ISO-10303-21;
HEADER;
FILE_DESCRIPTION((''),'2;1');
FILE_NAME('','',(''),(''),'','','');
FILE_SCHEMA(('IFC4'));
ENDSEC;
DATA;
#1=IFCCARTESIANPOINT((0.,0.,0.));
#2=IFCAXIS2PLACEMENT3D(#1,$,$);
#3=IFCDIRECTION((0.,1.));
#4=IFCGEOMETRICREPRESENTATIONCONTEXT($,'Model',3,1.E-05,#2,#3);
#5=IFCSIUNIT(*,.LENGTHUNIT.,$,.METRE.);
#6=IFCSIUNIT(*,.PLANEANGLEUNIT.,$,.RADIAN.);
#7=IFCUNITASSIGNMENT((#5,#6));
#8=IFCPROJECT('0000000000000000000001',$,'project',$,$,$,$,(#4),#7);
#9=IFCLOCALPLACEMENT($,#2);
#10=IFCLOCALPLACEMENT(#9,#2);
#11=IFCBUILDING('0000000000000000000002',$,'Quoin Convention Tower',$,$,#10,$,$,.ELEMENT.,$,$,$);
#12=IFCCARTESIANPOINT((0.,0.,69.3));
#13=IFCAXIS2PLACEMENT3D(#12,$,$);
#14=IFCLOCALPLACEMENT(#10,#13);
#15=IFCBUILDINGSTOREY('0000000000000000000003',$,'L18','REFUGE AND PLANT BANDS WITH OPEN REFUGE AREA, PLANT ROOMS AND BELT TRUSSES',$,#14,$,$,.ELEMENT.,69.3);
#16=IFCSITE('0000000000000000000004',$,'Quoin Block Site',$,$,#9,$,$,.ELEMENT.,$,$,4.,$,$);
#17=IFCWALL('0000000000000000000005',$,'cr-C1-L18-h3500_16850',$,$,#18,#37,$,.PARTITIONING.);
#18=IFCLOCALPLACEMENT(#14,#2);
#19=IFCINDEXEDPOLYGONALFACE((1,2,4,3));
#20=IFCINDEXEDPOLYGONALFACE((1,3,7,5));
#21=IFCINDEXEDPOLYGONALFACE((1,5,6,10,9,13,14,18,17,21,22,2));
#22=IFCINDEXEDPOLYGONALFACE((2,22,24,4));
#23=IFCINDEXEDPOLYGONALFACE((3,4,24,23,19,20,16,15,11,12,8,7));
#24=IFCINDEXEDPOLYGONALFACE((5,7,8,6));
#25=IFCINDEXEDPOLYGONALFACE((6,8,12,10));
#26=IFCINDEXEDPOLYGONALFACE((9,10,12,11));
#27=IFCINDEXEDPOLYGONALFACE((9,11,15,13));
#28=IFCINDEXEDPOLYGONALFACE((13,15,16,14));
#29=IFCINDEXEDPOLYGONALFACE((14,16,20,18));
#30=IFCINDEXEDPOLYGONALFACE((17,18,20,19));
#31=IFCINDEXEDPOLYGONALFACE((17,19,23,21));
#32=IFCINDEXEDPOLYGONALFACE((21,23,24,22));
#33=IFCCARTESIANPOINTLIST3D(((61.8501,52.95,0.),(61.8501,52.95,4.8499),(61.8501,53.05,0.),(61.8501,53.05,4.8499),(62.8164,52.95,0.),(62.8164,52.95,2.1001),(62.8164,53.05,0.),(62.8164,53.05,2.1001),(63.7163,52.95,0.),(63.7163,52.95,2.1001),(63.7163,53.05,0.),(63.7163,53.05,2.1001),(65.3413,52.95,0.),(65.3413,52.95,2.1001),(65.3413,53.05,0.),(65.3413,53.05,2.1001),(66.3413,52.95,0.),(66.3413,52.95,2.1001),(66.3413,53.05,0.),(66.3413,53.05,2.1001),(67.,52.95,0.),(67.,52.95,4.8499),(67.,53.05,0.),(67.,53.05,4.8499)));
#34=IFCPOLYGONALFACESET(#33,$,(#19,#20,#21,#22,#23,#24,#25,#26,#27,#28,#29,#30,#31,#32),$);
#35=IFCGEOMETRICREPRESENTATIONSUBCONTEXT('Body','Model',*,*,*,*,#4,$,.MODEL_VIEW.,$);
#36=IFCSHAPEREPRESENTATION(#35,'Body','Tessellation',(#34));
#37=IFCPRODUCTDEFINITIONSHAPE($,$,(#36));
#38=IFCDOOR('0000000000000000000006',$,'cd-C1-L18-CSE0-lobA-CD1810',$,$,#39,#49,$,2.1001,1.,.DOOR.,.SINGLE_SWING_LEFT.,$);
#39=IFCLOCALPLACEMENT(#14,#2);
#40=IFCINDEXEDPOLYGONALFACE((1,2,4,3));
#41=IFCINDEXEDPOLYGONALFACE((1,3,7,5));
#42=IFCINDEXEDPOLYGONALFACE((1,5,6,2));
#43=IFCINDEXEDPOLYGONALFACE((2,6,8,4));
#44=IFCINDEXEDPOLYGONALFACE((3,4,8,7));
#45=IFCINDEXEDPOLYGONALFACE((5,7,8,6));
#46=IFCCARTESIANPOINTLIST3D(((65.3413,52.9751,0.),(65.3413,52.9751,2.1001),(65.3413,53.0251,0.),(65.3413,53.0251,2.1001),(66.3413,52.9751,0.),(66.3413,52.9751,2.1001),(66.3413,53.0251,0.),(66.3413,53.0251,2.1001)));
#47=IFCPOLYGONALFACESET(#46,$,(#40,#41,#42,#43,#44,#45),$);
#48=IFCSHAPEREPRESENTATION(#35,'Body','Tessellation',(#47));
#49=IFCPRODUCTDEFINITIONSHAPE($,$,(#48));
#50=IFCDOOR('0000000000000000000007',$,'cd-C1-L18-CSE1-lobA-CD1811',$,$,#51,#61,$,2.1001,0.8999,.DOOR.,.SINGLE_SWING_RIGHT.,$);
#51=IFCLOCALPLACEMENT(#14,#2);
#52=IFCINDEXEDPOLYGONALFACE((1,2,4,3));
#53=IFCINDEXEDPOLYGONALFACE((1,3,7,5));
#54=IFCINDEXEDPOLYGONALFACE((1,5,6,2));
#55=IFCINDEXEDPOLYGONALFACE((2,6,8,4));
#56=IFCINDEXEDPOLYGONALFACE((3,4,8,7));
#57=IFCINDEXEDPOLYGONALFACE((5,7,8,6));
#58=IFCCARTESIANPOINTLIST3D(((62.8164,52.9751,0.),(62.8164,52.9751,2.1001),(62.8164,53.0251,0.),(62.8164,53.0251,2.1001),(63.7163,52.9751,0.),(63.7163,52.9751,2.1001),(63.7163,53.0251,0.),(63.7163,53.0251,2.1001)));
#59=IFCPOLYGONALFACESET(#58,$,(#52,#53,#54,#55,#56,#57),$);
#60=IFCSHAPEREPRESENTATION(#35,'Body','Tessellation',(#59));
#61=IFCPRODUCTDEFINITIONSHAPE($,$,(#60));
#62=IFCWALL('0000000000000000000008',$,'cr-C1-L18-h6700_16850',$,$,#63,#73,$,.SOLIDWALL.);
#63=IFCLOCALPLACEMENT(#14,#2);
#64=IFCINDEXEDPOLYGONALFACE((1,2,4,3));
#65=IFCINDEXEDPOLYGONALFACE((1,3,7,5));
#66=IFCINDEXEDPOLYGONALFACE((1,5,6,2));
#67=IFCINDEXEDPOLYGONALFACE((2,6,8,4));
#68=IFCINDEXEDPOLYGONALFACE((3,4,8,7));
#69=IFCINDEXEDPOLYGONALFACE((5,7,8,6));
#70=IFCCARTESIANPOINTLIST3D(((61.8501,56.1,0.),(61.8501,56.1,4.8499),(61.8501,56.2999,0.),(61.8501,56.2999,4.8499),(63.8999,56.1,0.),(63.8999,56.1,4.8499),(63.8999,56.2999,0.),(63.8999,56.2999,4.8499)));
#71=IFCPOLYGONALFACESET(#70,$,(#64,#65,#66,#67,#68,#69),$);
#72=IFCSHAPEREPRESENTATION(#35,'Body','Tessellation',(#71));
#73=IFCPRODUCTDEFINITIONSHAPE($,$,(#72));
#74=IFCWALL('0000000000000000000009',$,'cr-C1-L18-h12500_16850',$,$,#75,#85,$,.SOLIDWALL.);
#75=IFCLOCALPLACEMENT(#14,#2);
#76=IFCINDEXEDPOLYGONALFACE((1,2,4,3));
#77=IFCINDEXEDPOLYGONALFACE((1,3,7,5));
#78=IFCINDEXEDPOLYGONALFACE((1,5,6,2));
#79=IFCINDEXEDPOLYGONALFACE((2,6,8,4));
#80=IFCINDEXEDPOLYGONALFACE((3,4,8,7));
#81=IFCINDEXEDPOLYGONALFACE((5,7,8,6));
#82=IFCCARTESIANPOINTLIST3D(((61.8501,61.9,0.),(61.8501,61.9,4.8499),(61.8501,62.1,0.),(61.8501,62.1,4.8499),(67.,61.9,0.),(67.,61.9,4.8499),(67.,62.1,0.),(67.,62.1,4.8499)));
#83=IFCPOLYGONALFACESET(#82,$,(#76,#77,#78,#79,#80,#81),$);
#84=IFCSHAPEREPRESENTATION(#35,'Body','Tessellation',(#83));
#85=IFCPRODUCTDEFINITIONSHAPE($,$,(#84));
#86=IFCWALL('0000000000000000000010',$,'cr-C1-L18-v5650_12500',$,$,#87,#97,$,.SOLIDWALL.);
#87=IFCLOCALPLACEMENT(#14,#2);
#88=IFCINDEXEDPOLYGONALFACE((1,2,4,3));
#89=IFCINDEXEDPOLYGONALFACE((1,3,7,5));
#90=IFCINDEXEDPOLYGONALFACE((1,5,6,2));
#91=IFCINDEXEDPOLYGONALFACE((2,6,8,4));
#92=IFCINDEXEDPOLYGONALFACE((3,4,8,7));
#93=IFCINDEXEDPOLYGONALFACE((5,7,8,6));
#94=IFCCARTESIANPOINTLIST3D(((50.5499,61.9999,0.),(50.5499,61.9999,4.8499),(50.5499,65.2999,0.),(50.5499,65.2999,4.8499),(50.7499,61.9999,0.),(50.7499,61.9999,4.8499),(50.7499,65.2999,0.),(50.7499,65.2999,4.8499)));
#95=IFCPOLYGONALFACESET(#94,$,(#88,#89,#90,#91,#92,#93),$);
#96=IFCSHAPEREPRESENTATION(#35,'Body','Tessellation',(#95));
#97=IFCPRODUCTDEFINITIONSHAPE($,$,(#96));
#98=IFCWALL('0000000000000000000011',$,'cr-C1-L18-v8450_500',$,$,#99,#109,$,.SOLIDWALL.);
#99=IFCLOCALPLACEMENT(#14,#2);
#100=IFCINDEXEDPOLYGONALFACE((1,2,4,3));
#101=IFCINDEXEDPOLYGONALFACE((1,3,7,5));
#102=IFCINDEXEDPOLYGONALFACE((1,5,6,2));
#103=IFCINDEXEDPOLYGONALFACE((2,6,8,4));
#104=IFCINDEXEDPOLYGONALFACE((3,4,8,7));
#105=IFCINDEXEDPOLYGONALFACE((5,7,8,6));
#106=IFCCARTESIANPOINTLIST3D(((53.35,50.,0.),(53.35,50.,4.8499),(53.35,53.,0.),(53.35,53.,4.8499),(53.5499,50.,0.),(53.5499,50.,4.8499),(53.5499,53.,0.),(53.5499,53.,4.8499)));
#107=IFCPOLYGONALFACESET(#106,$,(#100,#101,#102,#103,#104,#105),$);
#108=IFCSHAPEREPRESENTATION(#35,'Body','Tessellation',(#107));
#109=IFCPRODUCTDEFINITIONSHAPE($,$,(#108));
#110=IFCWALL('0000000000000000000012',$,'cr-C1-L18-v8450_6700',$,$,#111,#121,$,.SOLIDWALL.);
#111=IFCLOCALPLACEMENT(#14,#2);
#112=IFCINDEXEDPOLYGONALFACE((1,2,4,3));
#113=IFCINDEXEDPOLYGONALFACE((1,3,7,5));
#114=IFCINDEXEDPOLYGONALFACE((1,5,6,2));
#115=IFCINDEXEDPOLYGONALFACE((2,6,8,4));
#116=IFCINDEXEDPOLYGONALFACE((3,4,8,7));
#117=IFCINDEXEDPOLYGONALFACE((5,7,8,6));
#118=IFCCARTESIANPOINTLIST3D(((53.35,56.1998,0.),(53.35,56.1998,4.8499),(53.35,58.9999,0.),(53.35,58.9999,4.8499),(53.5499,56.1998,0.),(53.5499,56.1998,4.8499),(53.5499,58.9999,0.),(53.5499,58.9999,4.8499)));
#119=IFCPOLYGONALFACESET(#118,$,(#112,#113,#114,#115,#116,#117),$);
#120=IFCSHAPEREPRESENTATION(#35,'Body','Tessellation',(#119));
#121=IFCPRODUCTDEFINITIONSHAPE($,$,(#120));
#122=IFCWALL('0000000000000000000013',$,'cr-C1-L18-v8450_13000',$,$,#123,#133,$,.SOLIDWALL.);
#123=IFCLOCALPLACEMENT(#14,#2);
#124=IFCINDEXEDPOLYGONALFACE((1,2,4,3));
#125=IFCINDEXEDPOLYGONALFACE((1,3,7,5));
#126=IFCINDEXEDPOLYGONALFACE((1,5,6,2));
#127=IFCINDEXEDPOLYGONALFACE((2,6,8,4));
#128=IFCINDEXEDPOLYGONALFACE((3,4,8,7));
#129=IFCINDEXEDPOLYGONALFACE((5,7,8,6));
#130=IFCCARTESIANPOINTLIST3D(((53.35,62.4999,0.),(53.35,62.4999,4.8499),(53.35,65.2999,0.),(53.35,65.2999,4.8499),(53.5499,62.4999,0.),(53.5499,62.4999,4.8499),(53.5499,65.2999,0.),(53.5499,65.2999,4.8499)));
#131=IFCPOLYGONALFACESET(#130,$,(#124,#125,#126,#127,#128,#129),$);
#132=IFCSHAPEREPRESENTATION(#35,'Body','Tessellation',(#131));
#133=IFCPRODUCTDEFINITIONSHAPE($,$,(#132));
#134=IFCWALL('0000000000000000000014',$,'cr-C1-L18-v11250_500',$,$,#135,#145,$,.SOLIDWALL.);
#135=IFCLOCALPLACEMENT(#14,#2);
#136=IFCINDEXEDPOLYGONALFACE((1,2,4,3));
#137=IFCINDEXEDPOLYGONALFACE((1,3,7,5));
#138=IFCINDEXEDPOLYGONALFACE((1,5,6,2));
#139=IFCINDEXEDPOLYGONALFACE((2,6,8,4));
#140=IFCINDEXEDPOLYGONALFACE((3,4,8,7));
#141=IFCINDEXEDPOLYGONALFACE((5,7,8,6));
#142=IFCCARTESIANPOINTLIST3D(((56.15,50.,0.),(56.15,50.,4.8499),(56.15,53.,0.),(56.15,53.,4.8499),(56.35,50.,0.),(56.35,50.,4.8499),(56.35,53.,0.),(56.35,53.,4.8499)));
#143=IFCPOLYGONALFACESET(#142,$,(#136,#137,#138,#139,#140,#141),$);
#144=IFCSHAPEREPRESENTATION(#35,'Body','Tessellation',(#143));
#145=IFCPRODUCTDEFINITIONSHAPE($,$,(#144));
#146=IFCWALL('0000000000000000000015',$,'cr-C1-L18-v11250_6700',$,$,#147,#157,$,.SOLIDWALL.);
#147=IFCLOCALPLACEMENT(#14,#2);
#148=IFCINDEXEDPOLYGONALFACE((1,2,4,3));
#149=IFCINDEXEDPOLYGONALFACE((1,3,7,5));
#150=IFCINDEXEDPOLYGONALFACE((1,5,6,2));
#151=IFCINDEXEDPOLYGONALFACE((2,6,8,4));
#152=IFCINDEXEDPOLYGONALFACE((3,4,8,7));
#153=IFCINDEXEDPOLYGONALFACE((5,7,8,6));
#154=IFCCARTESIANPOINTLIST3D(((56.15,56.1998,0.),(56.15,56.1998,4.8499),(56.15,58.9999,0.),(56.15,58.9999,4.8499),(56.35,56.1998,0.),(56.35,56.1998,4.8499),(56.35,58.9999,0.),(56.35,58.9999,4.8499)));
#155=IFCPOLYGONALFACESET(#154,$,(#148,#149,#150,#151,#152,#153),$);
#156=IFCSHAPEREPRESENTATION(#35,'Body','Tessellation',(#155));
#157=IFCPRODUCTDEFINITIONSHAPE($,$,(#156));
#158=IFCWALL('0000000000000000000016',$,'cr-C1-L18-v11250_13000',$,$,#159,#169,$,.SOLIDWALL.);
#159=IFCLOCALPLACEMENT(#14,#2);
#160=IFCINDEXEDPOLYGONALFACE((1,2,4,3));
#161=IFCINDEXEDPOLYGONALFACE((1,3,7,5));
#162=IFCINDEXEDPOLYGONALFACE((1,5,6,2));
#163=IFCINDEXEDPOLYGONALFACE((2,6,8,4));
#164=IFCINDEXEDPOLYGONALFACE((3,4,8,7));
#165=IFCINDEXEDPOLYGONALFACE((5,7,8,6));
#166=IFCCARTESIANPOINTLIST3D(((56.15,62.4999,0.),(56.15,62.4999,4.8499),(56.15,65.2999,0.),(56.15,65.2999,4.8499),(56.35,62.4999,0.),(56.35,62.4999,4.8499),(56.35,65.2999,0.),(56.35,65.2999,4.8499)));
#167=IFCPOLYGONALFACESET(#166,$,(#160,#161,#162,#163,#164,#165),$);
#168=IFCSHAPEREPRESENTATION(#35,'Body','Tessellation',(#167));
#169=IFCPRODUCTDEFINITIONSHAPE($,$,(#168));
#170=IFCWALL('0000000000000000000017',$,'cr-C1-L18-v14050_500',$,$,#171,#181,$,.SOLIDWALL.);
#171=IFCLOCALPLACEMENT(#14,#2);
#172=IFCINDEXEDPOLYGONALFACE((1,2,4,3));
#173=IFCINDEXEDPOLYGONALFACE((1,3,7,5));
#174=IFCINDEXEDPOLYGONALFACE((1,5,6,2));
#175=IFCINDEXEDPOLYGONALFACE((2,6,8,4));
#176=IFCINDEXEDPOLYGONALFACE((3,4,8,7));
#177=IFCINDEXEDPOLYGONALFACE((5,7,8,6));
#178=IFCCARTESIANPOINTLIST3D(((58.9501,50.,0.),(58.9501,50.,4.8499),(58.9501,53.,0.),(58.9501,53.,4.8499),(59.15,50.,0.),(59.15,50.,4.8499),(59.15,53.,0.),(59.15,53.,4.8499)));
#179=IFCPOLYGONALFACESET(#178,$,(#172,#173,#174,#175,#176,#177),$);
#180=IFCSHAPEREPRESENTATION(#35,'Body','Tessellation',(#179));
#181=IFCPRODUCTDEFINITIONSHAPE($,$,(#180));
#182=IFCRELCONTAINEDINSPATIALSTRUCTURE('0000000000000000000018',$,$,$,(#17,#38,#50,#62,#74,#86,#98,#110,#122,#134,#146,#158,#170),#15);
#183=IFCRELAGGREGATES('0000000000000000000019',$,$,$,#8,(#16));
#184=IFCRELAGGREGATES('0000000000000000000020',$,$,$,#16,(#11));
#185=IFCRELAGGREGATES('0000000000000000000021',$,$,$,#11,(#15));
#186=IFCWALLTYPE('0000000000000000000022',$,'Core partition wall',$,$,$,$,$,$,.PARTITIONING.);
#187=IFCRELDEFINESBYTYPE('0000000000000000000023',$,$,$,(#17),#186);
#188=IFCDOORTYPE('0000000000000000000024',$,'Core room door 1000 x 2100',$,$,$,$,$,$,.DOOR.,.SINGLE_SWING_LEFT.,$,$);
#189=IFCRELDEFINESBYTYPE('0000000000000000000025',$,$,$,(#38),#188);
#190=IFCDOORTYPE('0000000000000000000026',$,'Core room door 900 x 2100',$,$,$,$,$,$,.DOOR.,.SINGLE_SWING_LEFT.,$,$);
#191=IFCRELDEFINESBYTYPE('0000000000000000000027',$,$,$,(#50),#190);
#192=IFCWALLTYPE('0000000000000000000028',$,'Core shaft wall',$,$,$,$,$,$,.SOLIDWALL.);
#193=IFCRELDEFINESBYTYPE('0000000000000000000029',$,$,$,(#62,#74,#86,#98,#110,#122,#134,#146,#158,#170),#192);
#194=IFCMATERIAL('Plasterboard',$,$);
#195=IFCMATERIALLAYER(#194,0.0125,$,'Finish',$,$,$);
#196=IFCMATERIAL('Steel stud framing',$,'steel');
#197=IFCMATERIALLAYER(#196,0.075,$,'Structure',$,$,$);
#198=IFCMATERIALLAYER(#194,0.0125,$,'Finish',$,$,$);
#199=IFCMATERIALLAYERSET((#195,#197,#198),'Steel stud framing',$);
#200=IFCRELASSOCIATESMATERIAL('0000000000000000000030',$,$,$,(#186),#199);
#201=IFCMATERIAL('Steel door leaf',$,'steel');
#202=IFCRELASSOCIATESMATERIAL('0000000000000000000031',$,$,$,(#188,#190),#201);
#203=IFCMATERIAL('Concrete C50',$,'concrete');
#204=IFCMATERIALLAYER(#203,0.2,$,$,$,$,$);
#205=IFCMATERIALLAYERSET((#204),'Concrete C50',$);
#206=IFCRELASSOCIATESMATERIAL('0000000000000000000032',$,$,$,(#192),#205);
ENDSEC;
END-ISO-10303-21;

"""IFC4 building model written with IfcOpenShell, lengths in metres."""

from ifc_helpers import new_model, si_unit, direction, frame, frame_2d, origin, place, context, subcontext, project, spatial, rectangle, extrude, material, layer, layer_set, type_object, element, fill, save


model = new_model("IFC4")

# Units and contexts
model_context = context("Model", 3, precision=1e-05, world=origin(), true_north=direction((0.0, 1.0)))
body_context = subcontext(model_context, "Body", "Model", "MODEL_VIEW")
ifc_project = project(units=[si_unit("LENGTHUNIT", "METRE"), si_unit("PLANEANGLEUNIT", "RADIAN")], contexts=[model_context])

# Site, building, storey
site_placement = place(None, origin())
site = spatial("IfcSite", under=ifc_project, at=site_placement, Name="Quoin Block Site", CompositionType="ELEMENT", RefElevation=4.0)
building_placement = place(site_placement, origin())
building = spatial("IfcBuilding", under=site, at=building_placement, Name="Quoin Convention Tower", CompositionType="ELEMENT")
storey_placement = place(building_placement, frame((0.0, 0.0, 69.3)))
storey = spatial("IfcBuildingStorey", under=building, at=storey_placement, Name="L18", Description="REFUGE AND PLANT BANDS WITH OPEN REFUGE AREA, PLANT ROOMS AND BELT TRUSSES", CompositionType="ELEMENT", Elevation=69.3)

# Wall, openings, doors
ifc_material_1 = material(Name="Plasterboard")
ifc_layer_1 = layer(ifc_material_1, 0.0125, Name="Finish")
ifc_material_2 = material(Name="Steel stud framing", Category="steel")
ifc_layer_2 = layer(ifc_material_2, 0.075, Name="Structure")
ifc_layer_3 = layer(ifc_material_1, 0.0125, Name="Finish")
ifc_layer_set_1 = layer_set([ifc_layer_1, ifc_layer_2, ifc_layer_3], Name="Steel stud framing")
wall_type_1 = type_object("IfcWallType", Name="Core partition wall", PredefinedType="PARTITIONING", material=ifc_layer_set_1)
wall_1_placement = place(storey_placement, frame((61.8501, 53.0, 0.0), z_axis=(0.0, 0.0, 1.0), x_axis=(1.0, 0.0, 0.0)))
wall_1 = element("IfcWall", 1, at=wall_1_placement, inside=storey, type_object=wall_type_1, Name="cr-C1-L18-h3500_16850", PredefinedType="PARTITIONING", context=body_context, shape_type="SweptSolid", body=[
    extrude(rectangle(XDim=5.1499, YDim=0.1001, at=frame_2d((2.575, 0.0))), origin(), (0.0, 0.0, 1.0), 4.8499),
])
opening_1_placement = place(wall_1_placement, frame((3.4912, 0.0, 0.0)))
opening_1 = element("IfcOpeningElement", 2, at=opening_1_placement, cuts=wall_1, PredefinedType="OPENING", context=body_context, shape_type="SweptSolid", body=[
    extrude(rectangle(XDim=1.0, YDim=2.1001, at=frame_2d((0.5, 1.05))), frame((0.0, 0.0601, 0.0), z_axis=(0.0, -1.0, 0.0), x_axis=(1.0, 0.0, 0.0)), (0.0, 0.0, 1.0), 0.1201),
])
opening_2_placement = place(wall_1_placement, frame((0.9663, 0.0, 0.0)))
opening_2 = element("IfcOpeningElement", 3, at=opening_2_placement, cuts=wall_1, PredefinedType="OPENING", context=body_context, shape_type="SweptSolid", body=[
    extrude(rectangle(XDim=0.8999, YDim=2.1001, at=frame_2d((0.45, 1.05))), frame((0.0, 0.0601, 0.0), z_axis=(0.0, -1.0, 0.0), x_axis=(1.0, 0.0, 0.0)), (0.0, 0.0, 1.0), 0.1201),
])
ifc_material_3 = material(Name="Steel door leaf", Category="steel")
door_type_1 = type_object("IfcDoorType", Name="Core room door 1000 x 2100", OperationType="SINGLE_SWING_LEFT", PredefinedType="DOOR", material=ifc_material_3)
door_1_placement = place(opening_1_placement, frame((1.0, 0.0, 0.0), z_axis=(0.0, 0.0, 1.0), x_axis=(-1.0, 0.0, 0.0)))
door_1 = element("IfcDoor", 4, at=door_1_placement, inside=storey, type_object=door_type_1, Name="cd-C1-L18-CSE0-lobA-CD1810", OperationType="SINGLE_SWING_LEFT", OverallHeight=2.1001, OverallWidth=1.0, PredefinedType="DOOR", context=body_context, shape_type="SweptSolid", body=[
    extrude(rectangle(XDim=1.0, YDim=2.1001, at=frame_2d((0.5, 1.05))), frame((0.0, 0.0249, 0.0), z_axis=(0.0, -1.0, 0.0), x_axis=(1.0, 0.0, 0.0)), (0.0, 0.0, 1.0), 0.05),
])
fill(opening_1, door_1)
door_type_2 = type_object("IfcDoorType", Name="Core room door 900 x 2100", OperationType="SINGLE_SWING_LEFT", PredefinedType="DOOR", material=ifc_material_3)
door_2_placement = place(opening_2_placement, frame((0.8999, 0.0, 0.0), z_axis=(0.0, 0.0, 1.0), x_axis=(-1.0, 0.0, 0.0)))
door_2 = element("IfcDoor", 5, at=door_2_placement, inside=storey, type_object=door_type_2, Name="cd-C1-L18-CSE1-lobA-CD1811", OperationType="SINGLE_SWING_RIGHT", OverallHeight=2.1001, OverallWidth=0.8999, PredefinedType="DOOR", context=body_context, shape_type="SweptSolid", body=[
    extrude(rectangle(XDim=0.8999, YDim=2.1001, at=frame_2d((0.45, 1.05))), frame((0.0, 0.0249, 0.0), z_axis=(0.0, -1.0, 0.0), x_axis=(1.0, 0.0, 0.0)), (0.0, 0.0, 1.0), 0.05),
])
fill(opening_2, door_2)

# Walls
ifc_material_4 = material(Name="Concrete C50", Category="concrete")
ifc_layer_4 = layer(ifc_material_4, 0.2)
ifc_layer_set_2 = layer_set([ifc_layer_4], Name="Concrete C50")
wall_type_2 = type_object("IfcWallType", Name="Core shaft wall", PredefinedType="SOLIDWALL", material=ifc_layer_set_2)
wall_2_placement = place(storey_placement, frame((61.8501, 56.2, 0.0), z_axis=(0.0, 0.0, 1.0), x_axis=(1.0, 0.0, 0.0)))
element("IfcWall", 6, at=wall_2_placement, inside=storey, type_object=wall_type_2, Name="cr-C1-L18-h6700_16850", PredefinedType="SOLIDWALL", context=body_context, shape_type="SweptSolid", body=[
    extrude(rectangle(XDim=2.0498, YDim=0.2, at=frame_2d((1.0249, 0.0))), origin(), (0.0, 0.0, 1.0), 4.8499),
])
wall_3_placement = place(storey_placement, frame((61.8501, 62.0, 0.0), z_axis=(0.0, 0.0, 1.0), x_axis=(1.0, 0.0, 0.0)))
element("IfcWall", 7, at=wall_3_placement, inside=storey, type_object=wall_type_2, Name="cr-C1-L18-h12500_16850", PredefinedType="SOLIDWALL", context=body_context, shape_type="SweptSolid", body=[
    extrude(rectangle(XDim=5.1499, YDim=0.2, at=frame_2d((2.575, 0.0))), origin(), (0.0, 0.0, 1.0), 4.8499),
])
wall_4_placement = place(storey_placement, frame((50.6499, 62.0, 0.0), z_axis=(0.0, 0.0, 1.0), x_axis=(0.0, 1.0, 0.0)))
element("IfcWall", 8, at=wall_4_placement, inside=storey, type_object=wall_type_2, Name="cr-C1-L18-v5650_12500", PredefinedType="SOLIDWALL", context=body_context, shape_type="SweptSolid", body=[
    extrude(rectangle(XDim=3.3, YDim=0.2, at=frame_2d((1.6499, 0.0))), origin(), (0.0, 0.0, 1.0), 4.8499),
])
wall_5_placement = place(storey_placement, frame((53.45, 50.0, 0.0), z_axis=(0.0, 0.0, 1.0), x_axis=(0.0, 1.0, 0.0)))
element("IfcWall", 9, at=wall_5_placement, inside=storey, type_object=wall_type_2, Name="cr-C1-L18-v8450_500", PredefinedType="SOLIDWALL", context=body_context, shape_type="SweptSolid", body=[
    extrude(rectangle(XDim=3.0, YDim=0.2, at=frame_2d((1.5, 0.0))), origin(), (0.0, 0.0, 1.0), 4.8499),
])
for number, where, z_axis, x_axis, name in (
    (10, (53.45, 56.2, 0.0), (0.0, 0.0, 1.0), (0.0, 1.0, 0.0), "cr-C1-L18-v8450_6700"),
    (11, (53.45, 62.5, 0.0), (0.0, 0.0, 1.0), (0.0, 1.0, 0.0), "cr-C1-L18-v8450_13000"),
):
    element("IfcWall", number, at=place(storey_placement, frame(where, z_axis=z_axis, x_axis=x_axis)), inside=storey, type_object=wall_type_2, Name=name, PredefinedType="SOLIDWALL", context=body_context, shape_type="SweptSolid", body=[
        extrude(rectangle(XDim=2.8, YDim=0.2, at=frame_2d((1.3999, 0.0))), origin(), (0.0, 0.0, 1.0), 4.8499),
    ])
wall_6_placement = place(storey_placement, frame((56.25, 50.0, 0.0), z_axis=(0.0, 0.0, 1.0), x_axis=(0.0, 1.0, 0.0)))
element("IfcWall", 12, at=wall_6_placement, inside=storey, type_object=wall_type_2, Name="cr-C1-L18-v11250_500", PredefinedType="SOLIDWALL", context=body_context, shape_type="SweptSolid", body=[
    extrude(rectangle(XDim=3.0, YDim=0.2, at=frame_2d((1.5, 0.0))), origin(), (0.0, 0.0, 1.0), 4.8499),
])
for number, where, z_axis, x_axis, name in (
    (13, (56.25, 56.2, 0.0), (0.0, 0.0, 1.0), (0.0, 1.0, 0.0), "cr-C1-L18-v11250_6700"),
    (14, (56.25, 62.5, 0.0), (0.0, 0.0, 1.0), (0.0, 1.0, 0.0), "cr-C1-L18-v11250_13000"),
):
    element("IfcWall", number, at=place(storey_placement, frame(where, z_axis=z_axis, x_axis=x_axis)), inside=storey, type_object=wall_type_2, Name=name, PredefinedType="SOLIDWALL", context=body_context, shape_type="SweptSolid", body=[
        extrude(rectangle(XDim=2.8, YDim=0.2, at=frame_2d((1.3999, 0.0))), origin(), (0.0, 0.0, 1.0), 4.8499),
    ])
wall_7_placement = place(storey_placement, frame((59.05, 50.0, 0.0), z_axis=(0.0, 0.0, 1.0), x_axis=(0.0, 1.0, 0.0)))
element("IfcWall", 15, at=wall_7_placement, inside=storey, type_object=wall_type_2, Name="cr-C1-L18-v14050_500", PredefinedType="SOLIDWALL", context=body_context, shape_type="SweptSolid", body=[
    extrude(rectangle(XDim=3.0, YDim=0.2, at=frame_2d((1.5, 0.0))), origin(), (0.0, 0.0, 1.0), 4.8499),
])

save(model, "model.ifc")
